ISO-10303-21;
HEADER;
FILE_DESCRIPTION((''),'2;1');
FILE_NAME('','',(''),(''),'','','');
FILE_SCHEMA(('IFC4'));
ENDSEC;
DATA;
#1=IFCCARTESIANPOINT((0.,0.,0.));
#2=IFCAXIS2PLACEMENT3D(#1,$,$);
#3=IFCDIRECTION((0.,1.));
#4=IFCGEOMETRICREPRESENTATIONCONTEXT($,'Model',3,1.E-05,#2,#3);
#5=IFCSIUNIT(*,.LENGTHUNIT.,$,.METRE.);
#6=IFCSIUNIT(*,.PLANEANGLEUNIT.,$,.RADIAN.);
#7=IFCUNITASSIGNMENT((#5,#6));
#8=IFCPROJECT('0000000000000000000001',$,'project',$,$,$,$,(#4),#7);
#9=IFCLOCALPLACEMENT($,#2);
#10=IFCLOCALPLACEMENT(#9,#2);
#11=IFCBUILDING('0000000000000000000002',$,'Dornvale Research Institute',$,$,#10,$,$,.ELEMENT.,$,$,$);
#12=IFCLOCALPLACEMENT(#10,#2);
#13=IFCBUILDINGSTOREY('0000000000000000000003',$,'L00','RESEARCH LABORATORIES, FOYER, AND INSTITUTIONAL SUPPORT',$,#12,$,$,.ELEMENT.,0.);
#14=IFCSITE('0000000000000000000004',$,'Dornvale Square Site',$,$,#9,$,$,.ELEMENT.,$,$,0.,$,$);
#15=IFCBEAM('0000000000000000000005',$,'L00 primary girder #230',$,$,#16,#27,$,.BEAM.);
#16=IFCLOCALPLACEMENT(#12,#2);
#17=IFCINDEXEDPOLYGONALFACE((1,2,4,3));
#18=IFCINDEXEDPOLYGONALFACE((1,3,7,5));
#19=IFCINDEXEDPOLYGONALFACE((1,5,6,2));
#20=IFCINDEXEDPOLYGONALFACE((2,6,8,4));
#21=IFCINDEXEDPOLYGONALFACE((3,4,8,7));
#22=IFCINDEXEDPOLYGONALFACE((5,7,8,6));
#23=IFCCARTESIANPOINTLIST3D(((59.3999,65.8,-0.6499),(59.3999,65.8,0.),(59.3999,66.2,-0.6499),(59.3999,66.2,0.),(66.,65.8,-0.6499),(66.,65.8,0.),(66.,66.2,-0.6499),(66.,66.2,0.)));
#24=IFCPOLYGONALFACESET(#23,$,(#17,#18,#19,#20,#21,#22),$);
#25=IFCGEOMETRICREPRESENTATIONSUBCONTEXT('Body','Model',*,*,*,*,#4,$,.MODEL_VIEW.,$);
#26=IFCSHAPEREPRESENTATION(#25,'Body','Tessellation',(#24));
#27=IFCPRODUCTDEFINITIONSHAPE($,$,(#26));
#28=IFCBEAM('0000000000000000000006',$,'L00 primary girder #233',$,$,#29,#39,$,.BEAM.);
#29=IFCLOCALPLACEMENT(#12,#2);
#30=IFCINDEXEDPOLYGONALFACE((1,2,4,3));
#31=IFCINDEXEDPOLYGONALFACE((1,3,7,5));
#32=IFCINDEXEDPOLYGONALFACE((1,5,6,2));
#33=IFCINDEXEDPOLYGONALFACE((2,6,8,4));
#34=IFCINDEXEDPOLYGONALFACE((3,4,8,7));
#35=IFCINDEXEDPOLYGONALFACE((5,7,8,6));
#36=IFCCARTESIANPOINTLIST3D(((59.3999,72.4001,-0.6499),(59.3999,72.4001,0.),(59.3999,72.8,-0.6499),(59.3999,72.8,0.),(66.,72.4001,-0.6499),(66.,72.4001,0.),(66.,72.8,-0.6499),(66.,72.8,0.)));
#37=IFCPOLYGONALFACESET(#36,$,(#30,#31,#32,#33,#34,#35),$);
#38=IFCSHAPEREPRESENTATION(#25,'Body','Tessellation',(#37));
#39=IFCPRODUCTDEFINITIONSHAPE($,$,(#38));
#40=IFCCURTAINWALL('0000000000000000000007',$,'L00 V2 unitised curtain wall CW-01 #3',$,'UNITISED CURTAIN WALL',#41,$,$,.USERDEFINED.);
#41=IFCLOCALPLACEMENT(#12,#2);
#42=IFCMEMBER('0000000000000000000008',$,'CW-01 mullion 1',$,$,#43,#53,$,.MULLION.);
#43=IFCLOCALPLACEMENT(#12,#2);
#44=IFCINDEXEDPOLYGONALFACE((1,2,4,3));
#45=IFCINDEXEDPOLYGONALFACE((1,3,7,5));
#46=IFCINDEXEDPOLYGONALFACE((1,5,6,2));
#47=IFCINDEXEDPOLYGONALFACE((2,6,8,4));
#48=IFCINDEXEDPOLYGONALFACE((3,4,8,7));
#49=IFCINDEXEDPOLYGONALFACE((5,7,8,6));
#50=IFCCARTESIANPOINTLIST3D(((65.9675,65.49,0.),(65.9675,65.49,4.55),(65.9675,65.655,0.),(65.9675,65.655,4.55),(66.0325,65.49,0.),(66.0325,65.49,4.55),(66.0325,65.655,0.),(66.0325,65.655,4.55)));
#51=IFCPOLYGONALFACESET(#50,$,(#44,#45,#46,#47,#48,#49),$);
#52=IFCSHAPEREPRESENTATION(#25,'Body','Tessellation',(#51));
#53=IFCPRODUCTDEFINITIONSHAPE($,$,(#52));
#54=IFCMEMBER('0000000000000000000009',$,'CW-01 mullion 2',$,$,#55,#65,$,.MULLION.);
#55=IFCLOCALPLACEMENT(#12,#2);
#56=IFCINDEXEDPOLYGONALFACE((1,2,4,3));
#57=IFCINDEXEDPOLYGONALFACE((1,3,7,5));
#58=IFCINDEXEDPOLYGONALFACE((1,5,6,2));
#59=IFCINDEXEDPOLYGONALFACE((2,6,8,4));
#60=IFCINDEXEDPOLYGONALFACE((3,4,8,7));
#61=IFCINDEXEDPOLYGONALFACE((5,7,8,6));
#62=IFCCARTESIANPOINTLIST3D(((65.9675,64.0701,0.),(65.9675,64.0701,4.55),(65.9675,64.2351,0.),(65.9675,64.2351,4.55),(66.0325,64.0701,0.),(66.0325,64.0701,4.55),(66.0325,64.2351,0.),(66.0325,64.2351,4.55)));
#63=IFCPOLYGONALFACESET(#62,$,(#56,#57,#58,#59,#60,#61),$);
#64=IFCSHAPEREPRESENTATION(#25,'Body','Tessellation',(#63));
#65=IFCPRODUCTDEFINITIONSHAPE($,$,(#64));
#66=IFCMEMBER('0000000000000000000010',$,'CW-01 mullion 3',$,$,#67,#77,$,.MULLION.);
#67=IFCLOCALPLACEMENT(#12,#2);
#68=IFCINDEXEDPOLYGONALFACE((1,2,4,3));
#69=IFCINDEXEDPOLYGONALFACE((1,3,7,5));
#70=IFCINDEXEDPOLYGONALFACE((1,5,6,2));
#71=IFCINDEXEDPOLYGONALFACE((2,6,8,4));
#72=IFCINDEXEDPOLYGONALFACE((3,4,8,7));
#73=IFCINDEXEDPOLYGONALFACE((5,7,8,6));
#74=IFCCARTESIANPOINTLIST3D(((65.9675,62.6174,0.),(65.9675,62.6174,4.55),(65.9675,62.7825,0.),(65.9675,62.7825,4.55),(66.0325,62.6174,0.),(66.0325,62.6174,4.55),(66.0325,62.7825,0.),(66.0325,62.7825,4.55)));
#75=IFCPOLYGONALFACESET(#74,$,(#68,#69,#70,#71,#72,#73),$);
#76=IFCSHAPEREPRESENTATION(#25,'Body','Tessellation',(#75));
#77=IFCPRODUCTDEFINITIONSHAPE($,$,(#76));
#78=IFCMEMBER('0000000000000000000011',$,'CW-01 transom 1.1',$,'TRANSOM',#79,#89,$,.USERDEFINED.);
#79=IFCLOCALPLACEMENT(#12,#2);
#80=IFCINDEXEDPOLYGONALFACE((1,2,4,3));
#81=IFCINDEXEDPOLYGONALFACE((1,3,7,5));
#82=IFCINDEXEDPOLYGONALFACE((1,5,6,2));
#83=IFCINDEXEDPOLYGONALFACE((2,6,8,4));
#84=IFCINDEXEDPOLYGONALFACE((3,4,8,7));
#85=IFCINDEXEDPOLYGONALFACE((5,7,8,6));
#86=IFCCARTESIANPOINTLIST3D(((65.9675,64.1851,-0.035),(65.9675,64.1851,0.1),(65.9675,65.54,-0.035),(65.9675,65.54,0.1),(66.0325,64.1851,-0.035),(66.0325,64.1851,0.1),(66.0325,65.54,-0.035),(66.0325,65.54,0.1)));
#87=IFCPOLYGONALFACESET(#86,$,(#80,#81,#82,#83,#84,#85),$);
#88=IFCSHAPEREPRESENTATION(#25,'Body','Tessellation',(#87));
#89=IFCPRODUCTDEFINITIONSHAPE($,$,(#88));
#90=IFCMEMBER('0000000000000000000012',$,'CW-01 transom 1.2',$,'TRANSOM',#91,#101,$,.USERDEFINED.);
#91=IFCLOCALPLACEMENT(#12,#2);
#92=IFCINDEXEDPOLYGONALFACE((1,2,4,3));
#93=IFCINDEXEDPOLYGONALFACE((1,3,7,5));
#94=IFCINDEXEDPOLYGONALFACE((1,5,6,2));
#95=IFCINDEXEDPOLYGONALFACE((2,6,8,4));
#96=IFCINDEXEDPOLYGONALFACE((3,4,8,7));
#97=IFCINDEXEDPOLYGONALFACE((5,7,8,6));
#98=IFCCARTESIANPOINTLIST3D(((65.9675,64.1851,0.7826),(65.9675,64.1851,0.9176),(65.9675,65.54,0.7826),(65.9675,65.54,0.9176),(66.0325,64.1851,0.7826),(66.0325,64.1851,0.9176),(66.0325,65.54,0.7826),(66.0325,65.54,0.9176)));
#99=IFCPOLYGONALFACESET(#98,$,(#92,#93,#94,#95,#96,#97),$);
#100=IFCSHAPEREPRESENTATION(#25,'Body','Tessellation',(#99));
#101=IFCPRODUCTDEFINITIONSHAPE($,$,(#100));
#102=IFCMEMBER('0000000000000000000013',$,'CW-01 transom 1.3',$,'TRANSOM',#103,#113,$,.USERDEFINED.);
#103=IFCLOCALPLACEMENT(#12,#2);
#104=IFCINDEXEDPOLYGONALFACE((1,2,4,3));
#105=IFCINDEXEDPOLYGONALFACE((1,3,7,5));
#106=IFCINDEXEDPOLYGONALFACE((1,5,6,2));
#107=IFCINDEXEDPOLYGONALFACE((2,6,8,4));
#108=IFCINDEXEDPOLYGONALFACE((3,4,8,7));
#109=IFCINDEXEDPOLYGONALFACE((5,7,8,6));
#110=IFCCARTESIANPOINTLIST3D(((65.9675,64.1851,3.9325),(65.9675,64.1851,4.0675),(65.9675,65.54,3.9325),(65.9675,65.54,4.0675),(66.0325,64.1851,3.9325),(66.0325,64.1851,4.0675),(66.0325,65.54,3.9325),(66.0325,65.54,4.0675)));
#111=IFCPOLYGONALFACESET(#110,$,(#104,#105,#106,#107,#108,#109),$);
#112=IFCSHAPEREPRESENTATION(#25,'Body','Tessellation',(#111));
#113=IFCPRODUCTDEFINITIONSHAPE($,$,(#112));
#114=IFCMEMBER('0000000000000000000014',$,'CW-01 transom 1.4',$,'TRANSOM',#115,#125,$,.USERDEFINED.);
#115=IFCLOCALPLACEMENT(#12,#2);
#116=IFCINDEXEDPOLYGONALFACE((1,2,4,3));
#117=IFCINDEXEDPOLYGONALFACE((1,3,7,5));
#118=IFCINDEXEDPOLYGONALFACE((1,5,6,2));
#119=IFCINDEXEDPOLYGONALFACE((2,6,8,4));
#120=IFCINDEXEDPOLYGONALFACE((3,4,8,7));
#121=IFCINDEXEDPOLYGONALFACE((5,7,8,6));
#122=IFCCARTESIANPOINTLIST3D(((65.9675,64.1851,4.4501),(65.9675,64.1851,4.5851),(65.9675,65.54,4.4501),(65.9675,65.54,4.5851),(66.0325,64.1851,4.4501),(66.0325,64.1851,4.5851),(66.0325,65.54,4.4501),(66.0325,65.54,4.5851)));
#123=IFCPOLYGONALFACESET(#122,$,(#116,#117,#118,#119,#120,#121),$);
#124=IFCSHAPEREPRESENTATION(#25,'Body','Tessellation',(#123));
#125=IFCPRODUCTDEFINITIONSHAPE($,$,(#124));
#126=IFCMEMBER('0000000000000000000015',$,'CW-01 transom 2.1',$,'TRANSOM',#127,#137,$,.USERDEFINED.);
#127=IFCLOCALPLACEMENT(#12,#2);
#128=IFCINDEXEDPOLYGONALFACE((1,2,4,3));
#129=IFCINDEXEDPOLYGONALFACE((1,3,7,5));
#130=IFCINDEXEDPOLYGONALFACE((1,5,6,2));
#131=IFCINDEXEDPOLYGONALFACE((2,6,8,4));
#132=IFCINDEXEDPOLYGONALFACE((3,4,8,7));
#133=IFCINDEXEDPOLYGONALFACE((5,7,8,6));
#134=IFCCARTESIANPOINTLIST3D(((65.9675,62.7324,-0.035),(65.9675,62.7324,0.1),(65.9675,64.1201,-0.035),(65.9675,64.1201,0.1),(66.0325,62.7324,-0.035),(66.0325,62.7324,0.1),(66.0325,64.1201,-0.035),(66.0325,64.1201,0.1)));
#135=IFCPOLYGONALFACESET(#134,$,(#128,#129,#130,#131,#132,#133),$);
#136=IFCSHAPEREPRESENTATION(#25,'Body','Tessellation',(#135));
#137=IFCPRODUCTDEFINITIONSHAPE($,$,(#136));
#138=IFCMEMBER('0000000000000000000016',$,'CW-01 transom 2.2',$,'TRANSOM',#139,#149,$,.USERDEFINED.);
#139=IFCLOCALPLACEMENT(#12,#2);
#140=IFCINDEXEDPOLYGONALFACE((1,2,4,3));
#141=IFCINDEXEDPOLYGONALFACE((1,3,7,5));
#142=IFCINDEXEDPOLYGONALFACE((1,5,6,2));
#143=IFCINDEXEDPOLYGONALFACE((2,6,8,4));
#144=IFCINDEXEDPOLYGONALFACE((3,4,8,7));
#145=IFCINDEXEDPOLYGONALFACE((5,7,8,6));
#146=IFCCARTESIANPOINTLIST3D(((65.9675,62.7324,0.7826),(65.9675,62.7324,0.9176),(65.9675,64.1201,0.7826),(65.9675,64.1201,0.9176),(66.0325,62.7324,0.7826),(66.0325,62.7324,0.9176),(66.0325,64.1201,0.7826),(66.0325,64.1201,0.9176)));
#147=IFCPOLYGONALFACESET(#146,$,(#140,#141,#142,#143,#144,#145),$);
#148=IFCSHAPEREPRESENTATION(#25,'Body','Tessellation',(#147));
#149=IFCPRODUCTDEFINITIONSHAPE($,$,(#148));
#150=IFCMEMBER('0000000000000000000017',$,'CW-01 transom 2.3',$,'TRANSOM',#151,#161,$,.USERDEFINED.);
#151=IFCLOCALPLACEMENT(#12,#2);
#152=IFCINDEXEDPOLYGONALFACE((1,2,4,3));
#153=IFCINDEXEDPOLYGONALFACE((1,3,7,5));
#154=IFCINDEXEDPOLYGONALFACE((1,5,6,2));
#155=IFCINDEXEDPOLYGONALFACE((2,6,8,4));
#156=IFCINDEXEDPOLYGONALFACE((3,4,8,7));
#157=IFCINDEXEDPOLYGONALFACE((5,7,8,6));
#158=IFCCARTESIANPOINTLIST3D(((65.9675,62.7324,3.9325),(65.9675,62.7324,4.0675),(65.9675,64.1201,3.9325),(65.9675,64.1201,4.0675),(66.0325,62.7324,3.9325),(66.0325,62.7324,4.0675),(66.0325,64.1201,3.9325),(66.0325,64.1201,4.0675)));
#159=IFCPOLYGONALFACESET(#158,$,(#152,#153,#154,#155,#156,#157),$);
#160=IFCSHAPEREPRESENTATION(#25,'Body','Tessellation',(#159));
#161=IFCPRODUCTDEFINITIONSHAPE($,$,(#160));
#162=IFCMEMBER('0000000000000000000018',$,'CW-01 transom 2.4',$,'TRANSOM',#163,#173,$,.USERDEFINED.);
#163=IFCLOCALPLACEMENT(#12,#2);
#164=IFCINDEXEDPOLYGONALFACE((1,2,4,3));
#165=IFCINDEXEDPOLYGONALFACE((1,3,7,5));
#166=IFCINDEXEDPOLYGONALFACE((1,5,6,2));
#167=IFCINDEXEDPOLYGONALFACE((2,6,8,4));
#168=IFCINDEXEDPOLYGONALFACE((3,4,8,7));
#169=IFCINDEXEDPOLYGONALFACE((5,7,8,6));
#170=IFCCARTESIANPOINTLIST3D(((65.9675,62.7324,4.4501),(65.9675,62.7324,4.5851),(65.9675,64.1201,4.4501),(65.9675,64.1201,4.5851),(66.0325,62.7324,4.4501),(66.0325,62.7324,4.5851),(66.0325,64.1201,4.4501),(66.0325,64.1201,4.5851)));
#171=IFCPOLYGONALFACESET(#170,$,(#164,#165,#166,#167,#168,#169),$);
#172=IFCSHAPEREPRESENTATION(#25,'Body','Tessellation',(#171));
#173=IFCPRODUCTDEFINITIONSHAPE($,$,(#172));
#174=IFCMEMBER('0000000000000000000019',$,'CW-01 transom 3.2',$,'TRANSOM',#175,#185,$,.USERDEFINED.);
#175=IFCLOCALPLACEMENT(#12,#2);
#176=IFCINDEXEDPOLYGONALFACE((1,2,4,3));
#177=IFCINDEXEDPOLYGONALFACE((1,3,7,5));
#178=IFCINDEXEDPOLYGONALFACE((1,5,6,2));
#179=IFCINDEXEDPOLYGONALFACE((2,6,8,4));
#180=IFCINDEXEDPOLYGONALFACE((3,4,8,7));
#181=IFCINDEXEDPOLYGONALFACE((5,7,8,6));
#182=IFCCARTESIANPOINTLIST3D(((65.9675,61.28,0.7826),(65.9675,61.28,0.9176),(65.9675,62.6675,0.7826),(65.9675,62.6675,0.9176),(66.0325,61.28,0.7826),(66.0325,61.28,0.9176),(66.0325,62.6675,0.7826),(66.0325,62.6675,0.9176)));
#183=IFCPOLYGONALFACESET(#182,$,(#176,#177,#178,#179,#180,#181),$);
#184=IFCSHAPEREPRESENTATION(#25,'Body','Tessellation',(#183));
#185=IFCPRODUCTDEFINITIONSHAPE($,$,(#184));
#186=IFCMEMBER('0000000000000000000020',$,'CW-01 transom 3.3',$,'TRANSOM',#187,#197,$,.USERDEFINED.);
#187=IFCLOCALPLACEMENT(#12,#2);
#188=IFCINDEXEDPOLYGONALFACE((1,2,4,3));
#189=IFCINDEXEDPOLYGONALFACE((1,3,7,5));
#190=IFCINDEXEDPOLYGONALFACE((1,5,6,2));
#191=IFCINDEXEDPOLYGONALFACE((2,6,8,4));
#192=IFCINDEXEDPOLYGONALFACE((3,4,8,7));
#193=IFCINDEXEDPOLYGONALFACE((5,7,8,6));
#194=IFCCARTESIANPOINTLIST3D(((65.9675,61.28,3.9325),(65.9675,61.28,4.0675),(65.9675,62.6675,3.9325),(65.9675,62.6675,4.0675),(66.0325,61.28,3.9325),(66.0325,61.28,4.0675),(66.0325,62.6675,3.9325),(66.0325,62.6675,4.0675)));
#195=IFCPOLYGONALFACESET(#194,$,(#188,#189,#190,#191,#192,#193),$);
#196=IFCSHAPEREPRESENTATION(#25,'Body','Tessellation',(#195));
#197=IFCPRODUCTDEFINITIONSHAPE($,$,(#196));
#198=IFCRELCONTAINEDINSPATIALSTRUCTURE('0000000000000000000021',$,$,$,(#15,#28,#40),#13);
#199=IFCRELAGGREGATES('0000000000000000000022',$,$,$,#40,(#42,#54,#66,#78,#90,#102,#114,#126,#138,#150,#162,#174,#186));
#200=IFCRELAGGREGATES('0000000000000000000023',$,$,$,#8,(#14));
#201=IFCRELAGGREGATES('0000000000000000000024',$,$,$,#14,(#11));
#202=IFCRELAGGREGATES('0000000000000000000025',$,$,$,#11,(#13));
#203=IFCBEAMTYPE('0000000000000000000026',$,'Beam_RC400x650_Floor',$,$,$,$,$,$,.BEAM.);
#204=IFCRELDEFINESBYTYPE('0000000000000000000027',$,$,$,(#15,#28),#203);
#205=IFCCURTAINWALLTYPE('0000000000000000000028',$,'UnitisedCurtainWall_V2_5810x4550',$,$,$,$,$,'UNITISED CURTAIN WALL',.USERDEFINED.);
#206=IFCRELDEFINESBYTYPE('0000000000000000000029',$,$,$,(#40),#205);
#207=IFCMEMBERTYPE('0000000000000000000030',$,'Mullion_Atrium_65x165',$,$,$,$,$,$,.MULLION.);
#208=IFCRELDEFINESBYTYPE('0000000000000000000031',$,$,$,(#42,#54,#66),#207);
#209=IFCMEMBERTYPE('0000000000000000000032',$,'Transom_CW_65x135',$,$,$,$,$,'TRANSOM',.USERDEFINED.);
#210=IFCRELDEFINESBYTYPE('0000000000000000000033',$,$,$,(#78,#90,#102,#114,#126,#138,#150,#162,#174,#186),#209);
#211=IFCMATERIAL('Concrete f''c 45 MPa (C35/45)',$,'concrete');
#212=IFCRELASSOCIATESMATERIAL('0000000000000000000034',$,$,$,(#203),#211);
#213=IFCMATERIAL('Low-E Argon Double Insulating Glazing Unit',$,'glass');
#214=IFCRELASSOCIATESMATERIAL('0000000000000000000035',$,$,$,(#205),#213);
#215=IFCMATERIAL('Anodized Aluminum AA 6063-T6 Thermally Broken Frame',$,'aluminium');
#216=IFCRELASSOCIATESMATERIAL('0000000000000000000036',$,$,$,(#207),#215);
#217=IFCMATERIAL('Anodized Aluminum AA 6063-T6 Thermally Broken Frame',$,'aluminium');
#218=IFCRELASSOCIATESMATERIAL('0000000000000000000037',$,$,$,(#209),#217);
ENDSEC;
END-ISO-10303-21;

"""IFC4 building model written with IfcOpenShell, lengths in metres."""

from ifc_helpers import new_model, si_unit, direction, frame, origin, origin_2d, place, context, subcontext, project, spatial, rectangle, extrude, material, material_profile, profile_set, type_object, element, aggregate, save


model = new_model("IFC4")

# Units and contexts
model_context = context("Model", 3, precision=1e-05, world=origin(), true_north=direction((0.0, 1.0)))
body_context = subcontext(model_context, "Body", "Model", "MODEL_VIEW")
ifc_project = project(units=[si_unit("LENGTHUNIT", "METRE"), si_unit("PLANEANGLEUNIT", "RADIAN")], contexts=[model_context])

# Site, building, storey
site_placement = place(None, origin())
site = spatial("IfcSite", under=ifc_project, at=site_placement, Name="Dornvale Square Site", CompositionType="ELEMENT", RefElevation=0.0)
building_placement = place(site_placement, origin())
building = spatial("IfcBuilding", under=site, at=building_placement, Name="Dornvale Research Institute", CompositionType="ELEMENT")
storey_placement = place(building_placement, origin())
storey = spatial("IfcBuildingStorey", under=building, at=storey_placement, Name="L00", Description="RESEARCH LABORATORIES, FOYER, AND INSTITUTIONAL SUPPORT", CompositionType="ELEMENT", Elevation=0.0)

# Beams
ifc_material_1 = material(Name="Concrete f'c 45 MPa (C35/45)", Category="concrete")
ifc_material_profile_1 = material_profile(ifc_material_1, rectangle(XDim=0.3999, YDim=0.6499, at=origin_2d()), Name="RC 400x650")
ifc_profile_set_1 = profile_set([ifc_material_profile_1], Name="Concrete f'c 45 MPa (C35/45)")
beam_type_1 = type_object("IfcBeamType", Name="Beam_RC400x650_Floor", PredefinedType="BEAM", material=ifc_profile_set_1)
for number, where, z_axis, x_axis, name in (
    (1, (59.3999, 66.0, -0.325), (1.0, 0.0, 0.0), (0.0, 1.0, 0.0), "L00 primary girder #230"),
    (2, (59.3999, 72.6001, -0.325), (1.0, 0.0, 0.0), (0.0, 1.0, 0.0), "L00 primary girder #233"),
):
    element("IfcBeam", number, at=place(storey_placement, frame(where, z_axis=z_axis, x_axis=x_axis)), inside=storey, type_object=beam_type_1, Name=name, PredefinedType="BEAM", context=body_context, shape_type="SweptSolid", body=[
        extrude(rectangle(XDim=0.3999, YDim=0.6499, at=origin_2d()), origin(), (0.0, 0.0, 1.0), 6.6001),
    ])

# Curtain wall, members
ifc_material_2 = material(Name="Low-E Argon Double Insulating Glazing Unit", Category="glass")
curtain_wall_type = type_object("IfcCurtainWallType", Name="UnitisedCurtainWall_V2_5810x4550", ElementType="UNITISED CURTAIN WALL", PredefinedType="USERDEFINED", material=ifc_material_2)
curtain_wall_placement = place(storey_placement, origin())
curtain_wall = element("IfcCurtainWall", 3, at=curtain_wall_placement, inside=storey, type_object=curtain_wall_type, Name="L00 V2 unitised curtain wall CW-01 #3", ObjectType="UNITISED CURTAIN WALL", PredefinedType="USERDEFINED")
ifc_material_3 = material(Name="Anodized Aluminum AA 6063-T6 Thermally Broken Frame", Category="aluminium")
ifc_material_profile_2 = material_profile(ifc_material_3, rectangle(XDim=0.0649, YDim=0.165, at=origin_2d()), Name="ALU MULLION 65x165")
ifc_profile_set_2 = profile_set([ifc_material_profile_2], Name="Anodized Aluminum AA 6063-T6 Thermally Broken Frame")
member_type_1 = type_object("IfcMemberType", Name="Mullion_Atrium_65x165", PredefinedType="MULLION", material=ifc_profile_set_2)
member_1_placement = place(storey_placement, frame((66.0, 65.5725, 0.0), z_axis=(0.0, 0.0, 1.0), x_axis=(1.0, 0.0, 0.0)))
member_1 = element("IfcMember", 4, at=member_1_placement, type_object=member_type_1, Name="CW-01 mullion 1", PredefinedType="MULLION", context=body_context, shape_type="SweptSolid", body=[
    extrude(rectangle(XDim=0.0649, YDim=0.165, at=origin_2d()), origin(), (0.0, 0.0, 1.0), 4.55),
])
member_2_placement = place(storey_placement, frame((66.0, 64.1526, 0.0), z_axis=(0.0, 0.0, 1.0), x_axis=(1.0, 0.0, 0.0)))
member_2 = element("IfcMember", 5, at=member_2_placement, type_object=member_type_1, Name="CW-01 mullion 2", PredefinedType="MULLION", context=body_context, shape_type="SweptSolid", body=[
    extrude(rectangle(XDim=0.0649, YDim=0.165, at=origin_2d()), origin(), (0.0, 0.0, 1.0), 4.55),
])
member_3_placement = place(storey_placement, frame((66.0, 62.7, 0.0), z_axis=(0.0, 0.0, 1.0), x_axis=(1.0, 0.0, 0.0)))
member_3 = element("IfcMember", 6, at=member_3_placement, type_object=member_type_1, Name="CW-01 mullion 3", PredefinedType="MULLION", context=body_context, shape_type="SweptSolid", body=[
    extrude(rectangle(XDim=0.0649, YDim=0.165, at=origin_2d()), origin(), (0.0, 0.0, 1.0), 4.55),
])
ifc_material_4 = material(Name="Anodized Aluminum AA 6063-T6 Thermally Broken Frame", Category="aluminium")
ifc_material_profile_3 = material_profile(ifc_material_4, rectangle(XDim=0.0649, YDim=0.135, at=origin_2d()), Name="ALU TRANSOM 65x135")
ifc_profile_set_3 = profile_set([ifc_material_profile_3], Name="Anodized Aluminum AA 6063-T6 Thermally Broken Frame")
member_type_2 = type_object("IfcMemberType", Name="Transom_CW_65x135", ElementType="TRANSOM", PredefinedType="USERDEFINED", material=ifc_profile_set_3)
member_4_placement = place(storey_placement, frame((66.0, 65.54, 0.0325), z_axis=(0.0, -1.0, 0.0), x_axis=(1.0, 0.0, 0.0)))
member_4 = element("IfcMember", 7, at=member_4_placement, type_object=member_type_2, Name="CW-01 transom 1.1", ObjectType="TRANSOM", PredefinedType="USERDEFINED", context=body_context, shape_type="SweptSolid", body=[
    extrude(rectangle(XDim=0.0649, YDim=0.135, at=origin_2d()), origin(), (0.0, 0.0, 1.0), 1.355),
])
member_5_placement = place(storey_placement, frame((66.0, 65.54, 0.8501), z_axis=(0.0, -1.0, 0.0), x_axis=(1.0, 0.0, 0.0)))
member_5 = element("IfcMember", 8, at=member_5_placement, type_object=member_type_2, Name="CW-01 transom 1.2", ObjectType="TRANSOM", PredefinedType="USERDEFINED", context=body_context, shape_type="SweptSolid", body=[
    extrude(rectangle(XDim=0.0649, YDim=0.135, at=origin_2d()), origin(), (0.0, 0.0, 1.0), 1.355),
])
member_6_placement = place(storey_placement, frame((66.0, 65.54, 4.0), z_axis=(0.0, -1.0, 0.0), x_axis=(1.0, 0.0, 0.0)))
member_6 = element("IfcMember", 9, at=member_6_placement, type_object=member_type_2, Name="CW-01 transom 1.3", ObjectType="TRANSOM", PredefinedType="USERDEFINED", context=body_context, shape_type="SweptSolid", body=[
    extrude(rectangle(XDim=0.0649, YDim=0.135, at=origin_2d()), origin(), (0.0, 0.0, 1.0), 1.355),
])
member_7_placement = place(storey_placement, frame((66.0, 65.54, 4.5176), z_axis=(0.0, -1.0, 0.0), x_axis=(1.0, 0.0, 0.0)))
member_7 = element("IfcMember", 10, at=member_7_placement, type_object=member_type_2, Name="CW-01 transom 1.4", ObjectType="TRANSOM", PredefinedType="USERDEFINED", context=body_context, shape_type="SweptSolid", body=[
    extrude(rectangle(XDim=0.0649, YDim=0.135, at=origin_2d()), origin(), (0.0, 0.0, 1.0), 1.355),
])
member_8_placement = place(storey_placement, frame((66.0, 64.1201, 0.0325), z_axis=(0.0, -1.0, 0.0), x_axis=(1.0, 0.0, 0.0)))
member_8 = element("IfcMember", 11, at=member_8_placement, type_object=member_type_2, Name="CW-01 transom 2.1", ObjectType="TRANSOM", PredefinedType="USERDEFINED", context=body_context, shape_type="SweptSolid", body=[
    extrude(rectangle(XDim=0.0649, YDim=0.135, at=origin_2d()), origin(), (0.0, 0.0, 1.0), 1.3877),
])
member_9_placement = place(storey_placement, frame((66.0, 64.1201, 0.8501), z_axis=(0.0, -1.0, 0.0), x_axis=(1.0, 0.0, 0.0)))
member_9 = element("IfcMember", 12, at=member_9_placement, type_object=member_type_2, Name="CW-01 transom 2.2", ObjectType="TRANSOM", PredefinedType="USERDEFINED", context=body_context, shape_type="SweptSolid", body=[
    extrude(rectangle(XDim=0.0649, YDim=0.135, at=origin_2d()), origin(), (0.0, 0.0, 1.0), 1.3877),
])
member_10_placement = place(storey_placement, frame((66.0, 64.1201, 4.0), z_axis=(0.0, -1.0, 0.0), x_axis=(1.0, 0.0, 0.0)))
member_10 = element("IfcMember", 13, at=member_10_placement, type_object=member_type_2, Name="CW-01 transom 2.3", ObjectType="TRANSOM", PredefinedType="USERDEFINED", context=body_context, shape_type="SweptSolid", body=[
    extrude(rectangle(XDim=0.0649, YDim=0.135, at=origin_2d()), origin(), (0.0, 0.0, 1.0), 1.3877),
])
member_11_placement = place(storey_placement, frame((66.0, 64.1201, 4.5176), z_axis=(0.0, -1.0, 0.0), x_axis=(1.0, 0.0, 0.0)))
member_11 = element("IfcMember", 14, at=member_11_placement, type_object=member_type_2, Name="CW-01 transom 2.4", ObjectType="TRANSOM", PredefinedType="USERDEFINED", context=body_context, shape_type="SweptSolid", body=[
    extrude(rectangle(XDim=0.0649, YDim=0.135, at=origin_2d()), origin(), (0.0, 0.0, 1.0), 1.3877),
])
member_12_placement = place(storey_placement, frame((66.0, 62.6675, 0.8501), z_axis=(0.0, -1.0, 0.0), x_axis=(1.0, 0.0, 0.0)))
member_12 = element("IfcMember", 15, at=member_12_placement, type_object=member_type_2, Name="CW-01 transom 3.2", ObjectType="TRANSOM", PredefinedType="USERDEFINED", context=body_context, shape_type="SweptSolid", body=[
    extrude(rectangle(XDim=0.0649, YDim=0.135, at=origin_2d()), origin(), (0.0, 0.0, 1.0), 1.3875),
])
member_13_placement = place(storey_placement, frame((66.0, 62.6675, 4.0), z_axis=(0.0, -1.0, 0.0), x_axis=(1.0, 0.0, 0.0)))
member_13 = element("IfcMember", 16, at=member_13_placement, type_object=member_type_2, Name="CW-01 transom 3.3", ObjectType="TRANSOM", PredefinedType="USERDEFINED", context=body_context, shape_type="SweptSolid", body=[
    extrude(rectangle(XDim=0.0649, YDim=0.135, at=origin_2d()), origin(), (0.0, 0.0, 1.0), 1.3875),
])
aggregate(curtain_wall, [member_1, member_2, member_3, member_4, member_5, member_6, member_7, member_8, member_9, member_10, member_11, member_12, member_13])

save(model, "model.ifc")
